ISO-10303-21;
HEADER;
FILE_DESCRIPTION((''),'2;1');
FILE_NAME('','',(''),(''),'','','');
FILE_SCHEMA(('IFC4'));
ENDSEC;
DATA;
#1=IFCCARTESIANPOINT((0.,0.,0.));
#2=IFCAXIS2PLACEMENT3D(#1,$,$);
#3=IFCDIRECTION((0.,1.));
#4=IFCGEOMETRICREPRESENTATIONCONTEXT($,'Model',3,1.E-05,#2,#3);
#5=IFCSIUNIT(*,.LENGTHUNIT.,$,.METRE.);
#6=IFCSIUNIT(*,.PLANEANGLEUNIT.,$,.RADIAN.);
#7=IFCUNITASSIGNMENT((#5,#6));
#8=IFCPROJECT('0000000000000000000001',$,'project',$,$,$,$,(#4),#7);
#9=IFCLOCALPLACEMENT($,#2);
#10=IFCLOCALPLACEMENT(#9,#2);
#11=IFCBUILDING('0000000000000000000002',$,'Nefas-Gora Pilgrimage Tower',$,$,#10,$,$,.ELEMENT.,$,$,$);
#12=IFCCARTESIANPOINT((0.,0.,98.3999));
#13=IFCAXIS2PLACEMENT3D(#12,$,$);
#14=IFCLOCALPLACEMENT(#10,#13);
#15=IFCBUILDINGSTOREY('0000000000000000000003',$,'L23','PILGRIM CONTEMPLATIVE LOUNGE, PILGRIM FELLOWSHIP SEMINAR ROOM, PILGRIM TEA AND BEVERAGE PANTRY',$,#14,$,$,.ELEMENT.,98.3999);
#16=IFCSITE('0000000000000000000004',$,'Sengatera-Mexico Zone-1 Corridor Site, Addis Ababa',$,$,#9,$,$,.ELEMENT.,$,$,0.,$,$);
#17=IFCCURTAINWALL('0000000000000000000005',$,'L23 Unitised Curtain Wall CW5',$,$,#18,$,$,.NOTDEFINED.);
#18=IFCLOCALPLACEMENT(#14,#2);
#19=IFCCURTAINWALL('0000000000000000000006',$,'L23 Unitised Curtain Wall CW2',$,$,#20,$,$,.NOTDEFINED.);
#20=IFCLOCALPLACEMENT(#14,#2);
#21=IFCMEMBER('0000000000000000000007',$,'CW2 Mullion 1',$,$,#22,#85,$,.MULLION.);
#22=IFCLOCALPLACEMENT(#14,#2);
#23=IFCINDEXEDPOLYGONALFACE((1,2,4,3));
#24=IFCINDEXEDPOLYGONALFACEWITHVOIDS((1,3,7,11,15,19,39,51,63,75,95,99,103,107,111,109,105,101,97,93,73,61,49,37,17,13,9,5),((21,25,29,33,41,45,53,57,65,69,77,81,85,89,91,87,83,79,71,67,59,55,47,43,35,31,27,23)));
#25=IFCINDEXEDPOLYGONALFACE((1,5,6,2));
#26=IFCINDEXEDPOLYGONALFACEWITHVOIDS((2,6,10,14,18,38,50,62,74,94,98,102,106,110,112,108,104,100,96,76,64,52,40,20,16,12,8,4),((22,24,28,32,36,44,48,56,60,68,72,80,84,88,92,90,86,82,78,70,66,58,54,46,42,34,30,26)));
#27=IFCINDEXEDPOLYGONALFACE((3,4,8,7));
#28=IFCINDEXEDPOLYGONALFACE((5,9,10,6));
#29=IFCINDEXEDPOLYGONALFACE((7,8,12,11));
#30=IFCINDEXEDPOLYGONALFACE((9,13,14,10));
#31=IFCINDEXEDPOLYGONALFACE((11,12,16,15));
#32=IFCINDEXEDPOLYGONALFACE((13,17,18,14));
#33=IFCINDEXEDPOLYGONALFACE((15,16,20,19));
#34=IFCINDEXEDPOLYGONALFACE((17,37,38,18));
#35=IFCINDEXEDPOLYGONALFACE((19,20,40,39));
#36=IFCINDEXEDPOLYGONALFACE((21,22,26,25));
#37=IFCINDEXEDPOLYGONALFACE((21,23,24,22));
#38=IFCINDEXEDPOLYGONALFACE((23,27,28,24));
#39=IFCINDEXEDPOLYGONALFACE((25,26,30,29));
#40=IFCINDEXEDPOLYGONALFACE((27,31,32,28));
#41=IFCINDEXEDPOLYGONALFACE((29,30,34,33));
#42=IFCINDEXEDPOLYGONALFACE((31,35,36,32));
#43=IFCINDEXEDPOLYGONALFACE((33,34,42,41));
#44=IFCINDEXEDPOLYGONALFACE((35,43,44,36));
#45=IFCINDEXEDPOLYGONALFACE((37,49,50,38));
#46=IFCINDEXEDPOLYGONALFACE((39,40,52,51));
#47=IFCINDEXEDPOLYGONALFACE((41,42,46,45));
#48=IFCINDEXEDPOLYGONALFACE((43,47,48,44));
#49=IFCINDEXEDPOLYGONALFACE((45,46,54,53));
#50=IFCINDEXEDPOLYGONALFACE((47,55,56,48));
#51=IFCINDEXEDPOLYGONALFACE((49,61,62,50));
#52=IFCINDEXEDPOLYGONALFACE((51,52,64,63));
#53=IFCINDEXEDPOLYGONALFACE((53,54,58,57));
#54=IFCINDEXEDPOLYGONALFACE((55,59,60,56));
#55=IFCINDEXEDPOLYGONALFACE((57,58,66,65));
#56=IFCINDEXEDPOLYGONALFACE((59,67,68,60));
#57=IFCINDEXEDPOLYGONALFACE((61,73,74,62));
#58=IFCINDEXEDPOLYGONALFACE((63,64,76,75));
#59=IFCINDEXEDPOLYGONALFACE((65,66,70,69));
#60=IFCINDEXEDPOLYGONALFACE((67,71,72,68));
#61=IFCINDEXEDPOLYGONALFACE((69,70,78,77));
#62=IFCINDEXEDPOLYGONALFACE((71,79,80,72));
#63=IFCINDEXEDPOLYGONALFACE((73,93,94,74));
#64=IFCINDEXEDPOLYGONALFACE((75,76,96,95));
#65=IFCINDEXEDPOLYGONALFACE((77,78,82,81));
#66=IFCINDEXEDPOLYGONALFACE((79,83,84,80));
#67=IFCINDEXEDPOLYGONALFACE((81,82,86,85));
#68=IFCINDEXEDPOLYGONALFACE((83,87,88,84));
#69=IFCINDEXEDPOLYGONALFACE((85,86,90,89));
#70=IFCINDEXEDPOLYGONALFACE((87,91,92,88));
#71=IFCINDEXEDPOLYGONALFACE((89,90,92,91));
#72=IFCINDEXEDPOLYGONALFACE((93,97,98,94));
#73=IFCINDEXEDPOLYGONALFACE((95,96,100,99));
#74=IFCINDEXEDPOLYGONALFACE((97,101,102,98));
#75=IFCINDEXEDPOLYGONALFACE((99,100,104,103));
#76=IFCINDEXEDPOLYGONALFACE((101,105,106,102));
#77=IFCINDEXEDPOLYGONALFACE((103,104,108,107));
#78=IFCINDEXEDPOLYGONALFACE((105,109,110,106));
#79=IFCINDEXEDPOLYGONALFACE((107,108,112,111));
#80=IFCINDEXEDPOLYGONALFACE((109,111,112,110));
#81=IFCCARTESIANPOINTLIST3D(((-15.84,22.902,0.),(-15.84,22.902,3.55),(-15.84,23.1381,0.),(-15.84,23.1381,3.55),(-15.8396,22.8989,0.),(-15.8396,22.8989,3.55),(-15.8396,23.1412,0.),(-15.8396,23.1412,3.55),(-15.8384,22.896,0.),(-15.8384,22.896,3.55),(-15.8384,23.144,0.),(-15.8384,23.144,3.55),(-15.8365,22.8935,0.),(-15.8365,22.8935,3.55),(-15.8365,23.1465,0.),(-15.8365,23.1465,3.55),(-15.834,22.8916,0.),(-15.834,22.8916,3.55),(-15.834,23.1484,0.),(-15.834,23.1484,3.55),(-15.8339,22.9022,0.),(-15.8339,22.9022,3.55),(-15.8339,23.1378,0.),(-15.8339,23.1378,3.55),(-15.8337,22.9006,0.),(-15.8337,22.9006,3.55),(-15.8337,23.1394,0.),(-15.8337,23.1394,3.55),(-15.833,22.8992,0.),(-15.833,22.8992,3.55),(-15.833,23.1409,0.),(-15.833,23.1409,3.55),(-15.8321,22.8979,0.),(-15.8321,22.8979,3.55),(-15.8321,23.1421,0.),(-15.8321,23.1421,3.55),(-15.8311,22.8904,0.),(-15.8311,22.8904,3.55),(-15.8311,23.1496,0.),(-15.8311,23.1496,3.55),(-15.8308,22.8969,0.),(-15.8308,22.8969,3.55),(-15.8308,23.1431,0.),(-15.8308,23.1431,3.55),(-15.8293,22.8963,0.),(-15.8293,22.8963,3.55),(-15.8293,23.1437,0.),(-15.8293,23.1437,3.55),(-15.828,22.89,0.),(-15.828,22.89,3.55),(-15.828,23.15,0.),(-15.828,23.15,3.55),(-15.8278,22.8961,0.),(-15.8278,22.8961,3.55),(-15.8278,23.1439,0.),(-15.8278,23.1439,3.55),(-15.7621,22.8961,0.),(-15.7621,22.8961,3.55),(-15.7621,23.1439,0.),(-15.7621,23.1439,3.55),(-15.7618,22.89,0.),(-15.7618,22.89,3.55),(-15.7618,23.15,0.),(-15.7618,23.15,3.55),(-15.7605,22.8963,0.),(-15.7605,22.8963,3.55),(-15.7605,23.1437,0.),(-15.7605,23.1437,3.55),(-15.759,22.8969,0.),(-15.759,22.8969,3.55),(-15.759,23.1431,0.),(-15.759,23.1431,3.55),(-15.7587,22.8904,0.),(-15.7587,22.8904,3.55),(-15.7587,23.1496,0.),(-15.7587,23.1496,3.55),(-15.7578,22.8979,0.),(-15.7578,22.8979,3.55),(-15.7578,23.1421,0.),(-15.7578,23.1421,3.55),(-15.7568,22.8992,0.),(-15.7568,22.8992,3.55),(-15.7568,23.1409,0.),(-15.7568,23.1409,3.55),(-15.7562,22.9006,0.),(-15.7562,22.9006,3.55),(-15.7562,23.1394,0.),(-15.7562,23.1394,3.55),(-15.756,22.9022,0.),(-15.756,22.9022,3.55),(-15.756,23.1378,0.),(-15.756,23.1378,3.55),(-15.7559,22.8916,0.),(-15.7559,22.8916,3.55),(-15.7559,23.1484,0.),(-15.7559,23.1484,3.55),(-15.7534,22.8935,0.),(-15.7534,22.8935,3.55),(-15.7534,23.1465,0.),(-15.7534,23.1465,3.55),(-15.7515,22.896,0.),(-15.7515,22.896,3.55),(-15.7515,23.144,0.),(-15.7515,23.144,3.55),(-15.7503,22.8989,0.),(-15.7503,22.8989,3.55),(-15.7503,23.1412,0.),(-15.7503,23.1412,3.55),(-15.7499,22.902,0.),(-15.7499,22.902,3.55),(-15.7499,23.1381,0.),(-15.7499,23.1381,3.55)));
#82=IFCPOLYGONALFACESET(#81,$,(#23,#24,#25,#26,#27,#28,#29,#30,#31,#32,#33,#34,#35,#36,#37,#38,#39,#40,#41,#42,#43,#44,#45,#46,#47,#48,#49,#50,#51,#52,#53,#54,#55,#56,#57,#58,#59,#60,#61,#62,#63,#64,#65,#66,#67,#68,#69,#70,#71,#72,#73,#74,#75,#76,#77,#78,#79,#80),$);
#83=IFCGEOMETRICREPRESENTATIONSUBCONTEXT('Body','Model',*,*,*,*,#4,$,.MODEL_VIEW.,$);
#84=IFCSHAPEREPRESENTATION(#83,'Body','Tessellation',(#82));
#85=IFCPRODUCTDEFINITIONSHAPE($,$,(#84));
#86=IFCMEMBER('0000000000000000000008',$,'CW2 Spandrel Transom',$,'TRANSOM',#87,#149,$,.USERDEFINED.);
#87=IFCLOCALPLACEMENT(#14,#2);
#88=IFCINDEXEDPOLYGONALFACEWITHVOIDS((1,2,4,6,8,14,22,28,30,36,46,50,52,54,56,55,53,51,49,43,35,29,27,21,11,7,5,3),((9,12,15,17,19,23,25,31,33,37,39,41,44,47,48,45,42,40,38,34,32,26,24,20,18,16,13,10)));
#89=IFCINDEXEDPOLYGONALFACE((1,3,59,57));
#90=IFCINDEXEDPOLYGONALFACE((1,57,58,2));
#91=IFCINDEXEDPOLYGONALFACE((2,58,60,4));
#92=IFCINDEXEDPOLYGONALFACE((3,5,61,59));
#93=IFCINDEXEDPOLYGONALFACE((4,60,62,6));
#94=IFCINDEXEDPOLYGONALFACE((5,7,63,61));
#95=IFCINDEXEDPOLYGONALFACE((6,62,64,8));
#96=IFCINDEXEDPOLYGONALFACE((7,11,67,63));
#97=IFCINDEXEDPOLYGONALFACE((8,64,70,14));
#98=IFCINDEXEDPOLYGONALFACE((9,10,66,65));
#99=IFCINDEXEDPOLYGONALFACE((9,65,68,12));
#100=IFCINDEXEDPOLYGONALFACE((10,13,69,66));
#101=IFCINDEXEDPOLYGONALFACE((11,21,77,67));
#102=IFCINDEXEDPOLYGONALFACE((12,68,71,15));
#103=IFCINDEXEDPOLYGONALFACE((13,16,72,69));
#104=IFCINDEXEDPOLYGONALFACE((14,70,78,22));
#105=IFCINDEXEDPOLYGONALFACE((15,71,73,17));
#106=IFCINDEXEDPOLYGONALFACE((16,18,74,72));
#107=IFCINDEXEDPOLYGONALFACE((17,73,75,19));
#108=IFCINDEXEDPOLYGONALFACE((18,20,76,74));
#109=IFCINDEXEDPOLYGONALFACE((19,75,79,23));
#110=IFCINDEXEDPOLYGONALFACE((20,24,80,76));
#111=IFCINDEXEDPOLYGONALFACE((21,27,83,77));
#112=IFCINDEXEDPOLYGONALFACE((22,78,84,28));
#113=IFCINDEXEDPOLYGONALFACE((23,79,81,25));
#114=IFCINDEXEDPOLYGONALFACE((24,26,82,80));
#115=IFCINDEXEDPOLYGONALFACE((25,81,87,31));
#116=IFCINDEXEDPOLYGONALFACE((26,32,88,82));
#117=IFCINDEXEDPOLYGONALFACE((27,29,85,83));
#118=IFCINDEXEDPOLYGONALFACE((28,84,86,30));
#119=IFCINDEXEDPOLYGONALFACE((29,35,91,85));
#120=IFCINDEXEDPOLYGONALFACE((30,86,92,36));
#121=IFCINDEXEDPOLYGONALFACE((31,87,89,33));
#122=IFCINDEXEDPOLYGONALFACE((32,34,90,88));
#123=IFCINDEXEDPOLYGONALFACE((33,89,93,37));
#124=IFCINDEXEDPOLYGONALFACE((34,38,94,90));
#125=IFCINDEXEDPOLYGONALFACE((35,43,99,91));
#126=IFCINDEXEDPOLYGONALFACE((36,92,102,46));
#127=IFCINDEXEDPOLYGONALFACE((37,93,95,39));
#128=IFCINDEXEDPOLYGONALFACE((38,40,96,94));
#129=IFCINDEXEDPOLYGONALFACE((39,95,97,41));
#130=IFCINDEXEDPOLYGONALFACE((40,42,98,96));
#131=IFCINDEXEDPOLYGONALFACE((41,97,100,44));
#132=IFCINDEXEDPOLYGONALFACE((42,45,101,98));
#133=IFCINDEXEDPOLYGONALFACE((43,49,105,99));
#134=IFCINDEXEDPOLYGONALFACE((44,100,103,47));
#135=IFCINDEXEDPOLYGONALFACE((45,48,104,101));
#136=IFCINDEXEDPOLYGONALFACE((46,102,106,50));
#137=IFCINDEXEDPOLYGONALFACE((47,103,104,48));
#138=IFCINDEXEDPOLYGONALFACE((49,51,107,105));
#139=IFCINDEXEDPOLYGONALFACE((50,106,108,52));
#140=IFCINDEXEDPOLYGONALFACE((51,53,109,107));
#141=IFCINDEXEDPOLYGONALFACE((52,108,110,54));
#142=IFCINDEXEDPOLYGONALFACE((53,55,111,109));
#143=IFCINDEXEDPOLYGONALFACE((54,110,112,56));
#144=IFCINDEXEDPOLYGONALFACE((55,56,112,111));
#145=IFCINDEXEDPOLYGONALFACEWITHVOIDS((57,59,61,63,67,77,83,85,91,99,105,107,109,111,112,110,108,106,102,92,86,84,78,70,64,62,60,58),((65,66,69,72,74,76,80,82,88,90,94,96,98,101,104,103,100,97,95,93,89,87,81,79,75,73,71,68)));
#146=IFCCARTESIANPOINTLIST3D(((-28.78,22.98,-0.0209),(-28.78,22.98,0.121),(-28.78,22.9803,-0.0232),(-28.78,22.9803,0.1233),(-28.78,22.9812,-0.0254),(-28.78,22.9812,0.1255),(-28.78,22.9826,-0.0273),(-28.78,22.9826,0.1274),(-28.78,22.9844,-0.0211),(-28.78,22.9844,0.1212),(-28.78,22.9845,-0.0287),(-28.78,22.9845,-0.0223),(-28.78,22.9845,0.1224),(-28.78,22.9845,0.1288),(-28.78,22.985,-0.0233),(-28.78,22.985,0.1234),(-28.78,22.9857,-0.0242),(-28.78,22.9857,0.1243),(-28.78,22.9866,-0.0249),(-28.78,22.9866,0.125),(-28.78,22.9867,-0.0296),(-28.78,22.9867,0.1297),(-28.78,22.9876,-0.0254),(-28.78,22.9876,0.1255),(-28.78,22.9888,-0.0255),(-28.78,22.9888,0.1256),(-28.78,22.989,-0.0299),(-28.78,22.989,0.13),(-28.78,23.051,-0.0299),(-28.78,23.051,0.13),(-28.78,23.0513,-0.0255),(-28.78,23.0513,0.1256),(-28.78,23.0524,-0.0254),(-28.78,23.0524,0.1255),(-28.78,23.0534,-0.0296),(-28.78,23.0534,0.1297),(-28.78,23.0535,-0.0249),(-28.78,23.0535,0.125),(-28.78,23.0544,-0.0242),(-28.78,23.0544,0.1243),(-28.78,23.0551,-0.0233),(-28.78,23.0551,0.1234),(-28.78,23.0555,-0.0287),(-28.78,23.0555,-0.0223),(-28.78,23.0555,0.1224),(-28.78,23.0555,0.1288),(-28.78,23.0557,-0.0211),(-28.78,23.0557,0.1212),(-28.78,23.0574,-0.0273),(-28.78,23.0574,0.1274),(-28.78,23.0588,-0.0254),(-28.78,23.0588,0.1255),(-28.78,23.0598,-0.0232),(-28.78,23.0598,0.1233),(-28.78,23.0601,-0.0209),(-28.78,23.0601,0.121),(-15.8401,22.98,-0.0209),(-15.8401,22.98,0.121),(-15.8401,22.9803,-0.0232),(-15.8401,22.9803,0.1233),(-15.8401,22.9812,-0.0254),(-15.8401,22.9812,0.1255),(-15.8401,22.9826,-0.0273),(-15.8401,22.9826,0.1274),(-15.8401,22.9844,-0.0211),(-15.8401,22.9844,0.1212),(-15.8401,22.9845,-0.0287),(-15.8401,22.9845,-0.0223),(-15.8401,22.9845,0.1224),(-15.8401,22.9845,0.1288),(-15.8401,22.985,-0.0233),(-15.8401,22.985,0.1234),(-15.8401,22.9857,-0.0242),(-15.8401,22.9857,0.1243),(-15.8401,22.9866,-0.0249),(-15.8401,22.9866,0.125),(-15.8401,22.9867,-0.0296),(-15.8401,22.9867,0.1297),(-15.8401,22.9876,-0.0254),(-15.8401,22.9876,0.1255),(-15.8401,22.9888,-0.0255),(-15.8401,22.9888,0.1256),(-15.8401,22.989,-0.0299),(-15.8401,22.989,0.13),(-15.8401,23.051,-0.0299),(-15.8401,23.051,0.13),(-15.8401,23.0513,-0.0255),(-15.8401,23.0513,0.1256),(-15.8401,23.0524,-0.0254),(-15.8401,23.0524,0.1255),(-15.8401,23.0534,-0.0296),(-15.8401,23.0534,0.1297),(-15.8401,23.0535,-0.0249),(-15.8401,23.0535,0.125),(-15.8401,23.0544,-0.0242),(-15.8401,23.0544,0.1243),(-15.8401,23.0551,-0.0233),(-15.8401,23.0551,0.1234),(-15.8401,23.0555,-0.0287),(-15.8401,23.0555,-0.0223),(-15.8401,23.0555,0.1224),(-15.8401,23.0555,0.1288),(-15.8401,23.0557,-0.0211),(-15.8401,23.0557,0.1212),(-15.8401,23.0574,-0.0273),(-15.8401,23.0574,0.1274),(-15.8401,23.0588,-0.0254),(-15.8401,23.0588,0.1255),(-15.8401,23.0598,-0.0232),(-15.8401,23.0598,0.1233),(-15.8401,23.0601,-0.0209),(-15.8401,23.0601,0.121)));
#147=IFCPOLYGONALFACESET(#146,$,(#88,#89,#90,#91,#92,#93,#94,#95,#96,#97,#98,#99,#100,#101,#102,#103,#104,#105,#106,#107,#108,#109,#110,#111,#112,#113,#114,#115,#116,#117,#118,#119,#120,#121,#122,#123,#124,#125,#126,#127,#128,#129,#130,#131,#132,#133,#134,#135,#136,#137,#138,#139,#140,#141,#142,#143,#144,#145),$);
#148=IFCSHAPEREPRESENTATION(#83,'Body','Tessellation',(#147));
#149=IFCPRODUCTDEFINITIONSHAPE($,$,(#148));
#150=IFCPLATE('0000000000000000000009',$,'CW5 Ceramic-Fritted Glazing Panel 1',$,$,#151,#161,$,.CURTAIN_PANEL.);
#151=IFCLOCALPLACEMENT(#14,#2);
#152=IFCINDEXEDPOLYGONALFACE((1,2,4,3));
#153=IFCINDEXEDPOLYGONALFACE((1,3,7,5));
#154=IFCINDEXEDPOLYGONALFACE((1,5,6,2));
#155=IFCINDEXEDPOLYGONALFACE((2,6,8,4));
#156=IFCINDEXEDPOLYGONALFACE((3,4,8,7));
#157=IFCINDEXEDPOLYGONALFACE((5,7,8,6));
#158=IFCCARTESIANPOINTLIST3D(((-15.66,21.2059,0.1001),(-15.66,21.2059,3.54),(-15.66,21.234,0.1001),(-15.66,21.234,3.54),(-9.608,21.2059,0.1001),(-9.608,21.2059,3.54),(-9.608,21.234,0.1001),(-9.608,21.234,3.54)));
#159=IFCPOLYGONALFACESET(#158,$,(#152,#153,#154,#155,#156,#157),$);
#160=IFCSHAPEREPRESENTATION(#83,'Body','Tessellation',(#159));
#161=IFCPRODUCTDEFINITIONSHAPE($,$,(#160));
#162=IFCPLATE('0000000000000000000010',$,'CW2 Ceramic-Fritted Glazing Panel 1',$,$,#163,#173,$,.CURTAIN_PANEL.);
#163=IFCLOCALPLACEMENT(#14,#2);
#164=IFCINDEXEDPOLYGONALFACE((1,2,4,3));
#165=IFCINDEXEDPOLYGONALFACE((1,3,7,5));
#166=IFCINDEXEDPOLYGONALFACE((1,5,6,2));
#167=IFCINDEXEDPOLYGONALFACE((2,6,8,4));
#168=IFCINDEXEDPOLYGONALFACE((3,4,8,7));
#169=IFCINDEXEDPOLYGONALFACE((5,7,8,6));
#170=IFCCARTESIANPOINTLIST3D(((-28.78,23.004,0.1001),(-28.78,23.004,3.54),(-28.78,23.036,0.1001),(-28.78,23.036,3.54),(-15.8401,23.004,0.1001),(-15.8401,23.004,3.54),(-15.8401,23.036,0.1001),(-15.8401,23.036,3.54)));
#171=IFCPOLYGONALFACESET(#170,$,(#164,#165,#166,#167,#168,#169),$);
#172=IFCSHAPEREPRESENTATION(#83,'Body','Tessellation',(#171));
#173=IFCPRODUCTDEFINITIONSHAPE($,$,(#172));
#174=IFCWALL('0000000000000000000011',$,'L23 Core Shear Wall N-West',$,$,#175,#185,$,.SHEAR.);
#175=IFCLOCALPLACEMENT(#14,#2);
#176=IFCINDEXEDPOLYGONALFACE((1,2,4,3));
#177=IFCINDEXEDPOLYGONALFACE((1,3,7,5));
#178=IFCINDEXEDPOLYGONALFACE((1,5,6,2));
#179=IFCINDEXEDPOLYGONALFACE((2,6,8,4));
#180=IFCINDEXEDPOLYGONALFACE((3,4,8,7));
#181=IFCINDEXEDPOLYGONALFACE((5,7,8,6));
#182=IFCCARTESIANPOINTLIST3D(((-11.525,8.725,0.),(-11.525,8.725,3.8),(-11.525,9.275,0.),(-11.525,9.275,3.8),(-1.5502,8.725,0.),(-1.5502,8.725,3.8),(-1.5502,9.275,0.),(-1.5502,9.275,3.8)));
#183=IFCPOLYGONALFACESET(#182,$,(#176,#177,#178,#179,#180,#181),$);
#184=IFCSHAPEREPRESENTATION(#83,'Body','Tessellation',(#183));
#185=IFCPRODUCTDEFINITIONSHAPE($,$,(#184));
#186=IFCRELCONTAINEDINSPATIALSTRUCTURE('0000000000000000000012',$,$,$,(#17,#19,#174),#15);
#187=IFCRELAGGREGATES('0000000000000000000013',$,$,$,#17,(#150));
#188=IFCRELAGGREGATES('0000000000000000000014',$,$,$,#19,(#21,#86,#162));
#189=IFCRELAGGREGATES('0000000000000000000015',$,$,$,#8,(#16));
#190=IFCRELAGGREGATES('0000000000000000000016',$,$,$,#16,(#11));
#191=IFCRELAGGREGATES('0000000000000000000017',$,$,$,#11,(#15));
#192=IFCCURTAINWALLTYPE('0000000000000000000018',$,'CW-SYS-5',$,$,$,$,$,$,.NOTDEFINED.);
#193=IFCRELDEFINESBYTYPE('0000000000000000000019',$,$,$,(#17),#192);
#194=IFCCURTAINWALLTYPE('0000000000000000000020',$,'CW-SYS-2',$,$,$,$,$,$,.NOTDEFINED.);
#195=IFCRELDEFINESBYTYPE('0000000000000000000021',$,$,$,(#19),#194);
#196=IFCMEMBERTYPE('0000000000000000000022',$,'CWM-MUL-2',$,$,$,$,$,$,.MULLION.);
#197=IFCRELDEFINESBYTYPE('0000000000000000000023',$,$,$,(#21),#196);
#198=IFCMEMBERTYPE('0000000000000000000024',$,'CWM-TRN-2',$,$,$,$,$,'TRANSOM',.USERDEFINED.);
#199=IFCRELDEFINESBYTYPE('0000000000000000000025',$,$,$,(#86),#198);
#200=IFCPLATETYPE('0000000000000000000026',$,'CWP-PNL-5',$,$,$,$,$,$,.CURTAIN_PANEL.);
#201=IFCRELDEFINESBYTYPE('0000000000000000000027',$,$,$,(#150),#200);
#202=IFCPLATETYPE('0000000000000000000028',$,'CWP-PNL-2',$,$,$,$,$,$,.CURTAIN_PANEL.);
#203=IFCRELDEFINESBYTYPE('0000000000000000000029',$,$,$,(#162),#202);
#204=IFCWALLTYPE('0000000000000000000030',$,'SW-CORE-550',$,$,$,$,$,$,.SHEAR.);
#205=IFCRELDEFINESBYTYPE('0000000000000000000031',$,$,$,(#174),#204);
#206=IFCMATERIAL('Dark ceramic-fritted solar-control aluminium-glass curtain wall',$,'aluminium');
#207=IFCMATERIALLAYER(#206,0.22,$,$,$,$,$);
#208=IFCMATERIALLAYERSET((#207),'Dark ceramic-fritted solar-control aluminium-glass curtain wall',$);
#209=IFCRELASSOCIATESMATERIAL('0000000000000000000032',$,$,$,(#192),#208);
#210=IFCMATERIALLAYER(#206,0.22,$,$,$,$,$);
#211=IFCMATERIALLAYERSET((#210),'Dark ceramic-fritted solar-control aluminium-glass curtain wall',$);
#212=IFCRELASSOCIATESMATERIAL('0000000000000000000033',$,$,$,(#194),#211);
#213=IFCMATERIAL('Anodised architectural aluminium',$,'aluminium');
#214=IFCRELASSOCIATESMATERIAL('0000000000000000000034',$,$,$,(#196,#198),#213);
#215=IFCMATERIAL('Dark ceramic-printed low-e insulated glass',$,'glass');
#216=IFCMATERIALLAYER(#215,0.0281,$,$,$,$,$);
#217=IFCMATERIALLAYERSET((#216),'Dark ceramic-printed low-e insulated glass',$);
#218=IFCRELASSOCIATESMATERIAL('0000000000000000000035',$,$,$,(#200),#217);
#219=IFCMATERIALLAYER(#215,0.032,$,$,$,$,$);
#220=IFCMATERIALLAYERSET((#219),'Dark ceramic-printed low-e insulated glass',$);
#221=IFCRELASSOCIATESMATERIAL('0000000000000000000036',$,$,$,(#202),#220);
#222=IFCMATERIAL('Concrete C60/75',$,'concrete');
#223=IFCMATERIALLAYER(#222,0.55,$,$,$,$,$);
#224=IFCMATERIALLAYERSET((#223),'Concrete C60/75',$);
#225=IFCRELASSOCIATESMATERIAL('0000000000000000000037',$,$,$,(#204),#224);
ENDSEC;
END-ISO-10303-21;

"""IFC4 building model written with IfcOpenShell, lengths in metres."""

from ifc_helpers import new_model, si_unit, direction, frame, frame_2d, origin, origin_2d, place, context, subcontext, project, spatial, rectangle, hollow_rectangle, extrude, source, transform, mapped, material, layer, layer_set, material_profile, profile_set, type_object, element, aggregate, save


model = new_model("IFC4")

# Units and contexts
model_context = context("Model", 3, precision=1e-05, world=origin(), true_north=direction((0.0, 1.0)))
body_context = subcontext(model_context, "Body", "Model", "MODEL_VIEW")
ifc_project = project(units=[si_unit("LENGTHUNIT", "METRE"), si_unit("PLANEANGLEUNIT", "RADIAN")], contexts=[model_context])

# Site, building, storey
site_placement = place(None, origin())
site = spatial("IfcSite", under=ifc_project, at=site_placement, Name="Sengatera-Mexico Zone-1 Corridor Site, Addis Ababa", CompositionType="ELEMENT", RefElevation=0.0)
building_placement = place(site_placement, origin())
building = spatial("IfcBuilding", under=site, at=building_placement, Name="Nefas-Gora Pilgrimage Tower", CompositionType="ELEMENT")
storey_placement = place(building_placement, frame((0.0, 0.0, 98.3999)))
storey = spatial("IfcBuildingStorey", under=building, at=storey_placement, Name="L23", Description="PILGRIM CONTEMPLATIVE LOUNGE, PILGRIM FELLOWSHIP SEMINAR ROOM, PILGRIM TEA AND BEVERAGE PANTRY", CompositionType="ELEMENT", Elevation=98.3999)

# Curtain wall
ifc_material_1 = material(Name="Dark ceramic-fritted solar-control aluminium-glass curtain wall", Category="aluminium")
ifc_layer_1 = layer(ifc_material_1, 0.22)
ifc_layer_set_1 = layer_set([ifc_layer_1], Name="Dark ceramic-fritted solar-control aluminium-glass curtain wall")
curtain_wall_type_1 = type_object("IfcCurtainWallType", Name="CW-SYS-5", PredefinedType="NOTDEFINED", material=ifc_layer_set_1)
curtain_wall_1_placement = place(storey_placement, origin())
curtain_wall_1 = element("IfcCurtainWall", 1, at=curtain_wall_1_placement, inside=storey, type_object=curtain_wall_type_1, Name="L23 Unitised Curtain Wall CW5", PredefinedType="NOTDEFINED")
ifc_material_2 = material(Name="Anodised architectural aluminium", Category="aluminium")

# Curtain wall, members
ifc_layer_2 = layer(ifc_material_1, 0.22)
ifc_layer_set_2 = layer_set([ifc_layer_2], Name="Dark ceramic-fritted solar-control aluminium-glass curtain wall")
curtain_wall_type_2 = type_object("IfcCurtainWallType", Name="CW-SYS-2", PredefinedType="NOTDEFINED", material=ifc_layer_set_2)
curtain_wall_2_placement = place(storey_placement, origin())
curtain_wall_2 = element("IfcCurtainWall", 2, at=curtain_wall_2_placement, inside=storey, type_object=curtain_wall_type_2, Name="L23 Unitised Curtain Wall CW2", PredefinedType="NOTDEFINED")
ifc_material_profile_1 = material_profile(ifc_material_2, hollow_rectangle(XDim=0.0901, YDim=0.26, WallThickness=0.0061, InnerFilletRadius=0.0061, OuterFilletRadius=0.012, at=origin_2d()), Name="ALU MULLION 90x260")
ifc_profile_set_1 = profile_set([ifc_material_profile_1], Name="Anodised architectural aluminium")
member_type_1 = type_object("IfcMemberType", Name="CWM-MUL-2", PredefinedType="MULLION", material=ifc_profile_set_1)
shared_shape_1 = source(origin(), body_context, "Body", "SweptSolid", [
    extrude(hollow_rectangle(XDim=0.0901, YDim=0.26, WallThickness=0.0061, InnerFilletRadius=0.0061, OuterFilletRadius=0.012, at=origin_2d()), origin(), (0.0, 0.0, 1.0), 3.55),
])
member_1_placement = place(storey_placement, frame((-15.7949, 23.02, 0.0), z_axis=(0.0, 0.0, 1.0), x_axis=(-1.0, 0.0, 0.0)))
member_1 = element("IfcMember", 3, at=member_1_placement, type_object=member_type_1, Name="CW2 Mullion 1", PredefinedType="MULLION", context=body_context, shape_type="MappedRepresentation", body=[
    mapped(shared_shape_1, transform((0.0, 0.0, 0.0), x_axis=(1.0, 0.0, 0.0), y_axis=(0.0, 1.0, 0.0), z_axis=(0.0, 0.0, 1.0), scale=1.0)),
])
ifc_material_profile_2 = material_profile(ifc_material_2, hollow_rectangle(XDim=0.0801, YDim=0.1599, WallThickness=0.0044, InnerFilletRadius=0.0044, OuterFilletRadius=0.009, at=origin_2d()), Name="ALU TRANSOM 80x160")
ifc_profile_set_2 = profile_set([ifc_material_profile_2], Name="Anodised architectural aluminium")
member_type_2 = type_object("IfcMemberType", Name="CWM-TRN-2", ElementType="TRANSOM", PredefinedType="USERDEFINED", material=ifc_profile_set_2)
shared_shape_2 = source(origin(), body_context, "Body", "SweptSolid", [
    extrude(hollow_rectangle(XDim=0.0801, YDim=0.1599, WallThickness=0.0044, InnerFilletRadius=0.0044, OuterFilletRadius=0.009, at=origin_2d()), origin(), (0.0, 0.0, 1.0), 12.9399),
])
member_2_placement = place(storey_placement, frame((-15.8401, 23.02, 0.05), z_axis=(-1.0, 0.0, 0.0), x_axis=(0.0, -1.0, 0.0)))
member_2 = element("IfcMember", 4, at=member_2_placement, type_object=member_type_2, Name="CW2 Spandrel Transom", ObjectType="TRANSOM", PredefinedType="USERDEFINED", context=body_context, shape_type="MappedRepresentation", body=[
    mapped(shared_shape_2, transform((0.0, 0.0, 0.0), x_axis=(1.0, 0.0, 0.0), y_axis=(0.0, 1.0, 0.0), z_axis=(0.0, 0.0, 1.0), scale=1.0)),
])

# Plates
ifc_material_3 = material(Name="Dark ceramic-printed low-e insulated glass", Category="glass")
ifc_layer_3 = layer(ifc_material_3, 0.0281)
ifc_layer_set_3 = layer_set([ifc_layer_3], Name="Dark ceramic-printed low-e insulated glass")
plate_type_1 = type_object("IfcPlateType", Name="CWP-PNL-5", PredefinedType="CURTAIN_PANEL", material=ifc_layer_set_3)
shared_shape_3 = source(origin(), body_context, "Body", "SweptSolid", [
    extrude(rectangle(XDim=6.052, YDim=0.0281, at=origin_2d()), origin(), (0.0, 0.0, 1.0), 3.4399),
])
plate_1_placement = place(storey_placement, frame((-12.634, 21.22, 0.1001), z_axis=(0.0, 0.0, 1.0), x_axis=(-1.0, 0.0, 0.0)))
plate_1 = element("IfcPlate", 5, at=plate_1_placement, type_object=plate_type_1, Name="CW5 Ceramic-Fritted Glazing Panel 1", PredefinedType="CURTAIN_PANEL", context=body_context, shape_type="MappedRepresentation", body=[
    mapped(shared_shape_3, transform((0.0, 0.0, 0.0), x_axis=(1.0, 0.0, 0.0), y_axis=(0.0, 1.0, 0.0), z_axis=(0.0, 0.0, 1.0), scale=1.0)),
])
aggregate(curtain_wall_1, [plate_1])
ifc_layer_4 = layer(ifc_material_3, 0.032)
ifc_layer_set_4 = layer_set([ifc_layer_4], Name="Dark ceramic-printed low-e insulated glass")
plate_type_2 = type_object("IfcPlateType", Name="CWP-PNL-2", PredefinedType="CURTAIN_PANEL", material=ifc_layer_set_4)
shared_shape_4 = source(origin(), body_context, "Body", "SweptSolid", [
    extrude(rectangle(XDim=12.9399, YDim=0.032, at=origin_2d()), origin(), (0.0, 0.0, 1.0), 3.4399),
])
plate_2_placement = place(storey_placement, frame((-22.3101, 23.02, 0.1001), z_axis=(0.0, 0.0, 1.0), x_axis=(-1.0, 0.0, 0.0)))
plate_2 = element("IfcPlate", 6, at=plate_2_placement, type_object=plate_type_2, Name="CW2 Ceramic-Fritted Glazing Panel 1", PredefinedType="CURTAIN_PANEL", context=body_context, shape_type="MappedRepresentation", body=[
    mapped(shared_shape_4, transform((0.0, 0.0, 0.0), x_axis=(1.0, 0.0, 0.0), y_axis=(0.0, 1.0, 0.0), z_axis=(0.0, 0.0, 1.0), scale=1.0)),
])
aggregate(curtain_wall_2, [member_1, member_2, plate_2])

# Wall
ifc_material_4 = material(Name="Concrete C60/75", Category="concrete")
ifc_layer_5 = layer(ifc_material_4, 0.55)
ifc_layer_set_5 = layer_set([ifc_layer_5], Name="Concrete C60/75")
wall_type_1 = type_object("IfcWallType", Name="SW-CORE-550", PredefinedType="SHEAR", material=ifc_layer_set_5)
shared_shape_5 = source(origin(), body_context, "Body", "SweptSolid", [
    extrude(rectangle(XDim=9.9749, YDim=0.55, at=frame_2d((4.9873, 0.0))), origin(), (0.0, 0.0, 1.0), 3.8),
])
wall_1_placement = place(storey_placement, frame((-11.5249, 9.0, 0.0), z_axis=(0.0, 0.0, 1.0), x_axis=(1.0, 0.0, 0.0)))
element("IfcWall", 7, at=wall_1_placement, inside=storey, type_object=wall_type_1, Name="L23 Core Shear Wall N-West", PredefinedType="SHEAR", context=body_context, shape_type="MappedRepresentation", body=[
    mapped(shared_shape_5, transform((0.0, 0.0, 0.0), x_axis=(1.0, 0.0, 0.0), y_axis=(0.0, 1.0, 0.0), z_axis=(0.0, 0.0, 1.0), scale=1.0)),
])

save(model, "model.ifc")
